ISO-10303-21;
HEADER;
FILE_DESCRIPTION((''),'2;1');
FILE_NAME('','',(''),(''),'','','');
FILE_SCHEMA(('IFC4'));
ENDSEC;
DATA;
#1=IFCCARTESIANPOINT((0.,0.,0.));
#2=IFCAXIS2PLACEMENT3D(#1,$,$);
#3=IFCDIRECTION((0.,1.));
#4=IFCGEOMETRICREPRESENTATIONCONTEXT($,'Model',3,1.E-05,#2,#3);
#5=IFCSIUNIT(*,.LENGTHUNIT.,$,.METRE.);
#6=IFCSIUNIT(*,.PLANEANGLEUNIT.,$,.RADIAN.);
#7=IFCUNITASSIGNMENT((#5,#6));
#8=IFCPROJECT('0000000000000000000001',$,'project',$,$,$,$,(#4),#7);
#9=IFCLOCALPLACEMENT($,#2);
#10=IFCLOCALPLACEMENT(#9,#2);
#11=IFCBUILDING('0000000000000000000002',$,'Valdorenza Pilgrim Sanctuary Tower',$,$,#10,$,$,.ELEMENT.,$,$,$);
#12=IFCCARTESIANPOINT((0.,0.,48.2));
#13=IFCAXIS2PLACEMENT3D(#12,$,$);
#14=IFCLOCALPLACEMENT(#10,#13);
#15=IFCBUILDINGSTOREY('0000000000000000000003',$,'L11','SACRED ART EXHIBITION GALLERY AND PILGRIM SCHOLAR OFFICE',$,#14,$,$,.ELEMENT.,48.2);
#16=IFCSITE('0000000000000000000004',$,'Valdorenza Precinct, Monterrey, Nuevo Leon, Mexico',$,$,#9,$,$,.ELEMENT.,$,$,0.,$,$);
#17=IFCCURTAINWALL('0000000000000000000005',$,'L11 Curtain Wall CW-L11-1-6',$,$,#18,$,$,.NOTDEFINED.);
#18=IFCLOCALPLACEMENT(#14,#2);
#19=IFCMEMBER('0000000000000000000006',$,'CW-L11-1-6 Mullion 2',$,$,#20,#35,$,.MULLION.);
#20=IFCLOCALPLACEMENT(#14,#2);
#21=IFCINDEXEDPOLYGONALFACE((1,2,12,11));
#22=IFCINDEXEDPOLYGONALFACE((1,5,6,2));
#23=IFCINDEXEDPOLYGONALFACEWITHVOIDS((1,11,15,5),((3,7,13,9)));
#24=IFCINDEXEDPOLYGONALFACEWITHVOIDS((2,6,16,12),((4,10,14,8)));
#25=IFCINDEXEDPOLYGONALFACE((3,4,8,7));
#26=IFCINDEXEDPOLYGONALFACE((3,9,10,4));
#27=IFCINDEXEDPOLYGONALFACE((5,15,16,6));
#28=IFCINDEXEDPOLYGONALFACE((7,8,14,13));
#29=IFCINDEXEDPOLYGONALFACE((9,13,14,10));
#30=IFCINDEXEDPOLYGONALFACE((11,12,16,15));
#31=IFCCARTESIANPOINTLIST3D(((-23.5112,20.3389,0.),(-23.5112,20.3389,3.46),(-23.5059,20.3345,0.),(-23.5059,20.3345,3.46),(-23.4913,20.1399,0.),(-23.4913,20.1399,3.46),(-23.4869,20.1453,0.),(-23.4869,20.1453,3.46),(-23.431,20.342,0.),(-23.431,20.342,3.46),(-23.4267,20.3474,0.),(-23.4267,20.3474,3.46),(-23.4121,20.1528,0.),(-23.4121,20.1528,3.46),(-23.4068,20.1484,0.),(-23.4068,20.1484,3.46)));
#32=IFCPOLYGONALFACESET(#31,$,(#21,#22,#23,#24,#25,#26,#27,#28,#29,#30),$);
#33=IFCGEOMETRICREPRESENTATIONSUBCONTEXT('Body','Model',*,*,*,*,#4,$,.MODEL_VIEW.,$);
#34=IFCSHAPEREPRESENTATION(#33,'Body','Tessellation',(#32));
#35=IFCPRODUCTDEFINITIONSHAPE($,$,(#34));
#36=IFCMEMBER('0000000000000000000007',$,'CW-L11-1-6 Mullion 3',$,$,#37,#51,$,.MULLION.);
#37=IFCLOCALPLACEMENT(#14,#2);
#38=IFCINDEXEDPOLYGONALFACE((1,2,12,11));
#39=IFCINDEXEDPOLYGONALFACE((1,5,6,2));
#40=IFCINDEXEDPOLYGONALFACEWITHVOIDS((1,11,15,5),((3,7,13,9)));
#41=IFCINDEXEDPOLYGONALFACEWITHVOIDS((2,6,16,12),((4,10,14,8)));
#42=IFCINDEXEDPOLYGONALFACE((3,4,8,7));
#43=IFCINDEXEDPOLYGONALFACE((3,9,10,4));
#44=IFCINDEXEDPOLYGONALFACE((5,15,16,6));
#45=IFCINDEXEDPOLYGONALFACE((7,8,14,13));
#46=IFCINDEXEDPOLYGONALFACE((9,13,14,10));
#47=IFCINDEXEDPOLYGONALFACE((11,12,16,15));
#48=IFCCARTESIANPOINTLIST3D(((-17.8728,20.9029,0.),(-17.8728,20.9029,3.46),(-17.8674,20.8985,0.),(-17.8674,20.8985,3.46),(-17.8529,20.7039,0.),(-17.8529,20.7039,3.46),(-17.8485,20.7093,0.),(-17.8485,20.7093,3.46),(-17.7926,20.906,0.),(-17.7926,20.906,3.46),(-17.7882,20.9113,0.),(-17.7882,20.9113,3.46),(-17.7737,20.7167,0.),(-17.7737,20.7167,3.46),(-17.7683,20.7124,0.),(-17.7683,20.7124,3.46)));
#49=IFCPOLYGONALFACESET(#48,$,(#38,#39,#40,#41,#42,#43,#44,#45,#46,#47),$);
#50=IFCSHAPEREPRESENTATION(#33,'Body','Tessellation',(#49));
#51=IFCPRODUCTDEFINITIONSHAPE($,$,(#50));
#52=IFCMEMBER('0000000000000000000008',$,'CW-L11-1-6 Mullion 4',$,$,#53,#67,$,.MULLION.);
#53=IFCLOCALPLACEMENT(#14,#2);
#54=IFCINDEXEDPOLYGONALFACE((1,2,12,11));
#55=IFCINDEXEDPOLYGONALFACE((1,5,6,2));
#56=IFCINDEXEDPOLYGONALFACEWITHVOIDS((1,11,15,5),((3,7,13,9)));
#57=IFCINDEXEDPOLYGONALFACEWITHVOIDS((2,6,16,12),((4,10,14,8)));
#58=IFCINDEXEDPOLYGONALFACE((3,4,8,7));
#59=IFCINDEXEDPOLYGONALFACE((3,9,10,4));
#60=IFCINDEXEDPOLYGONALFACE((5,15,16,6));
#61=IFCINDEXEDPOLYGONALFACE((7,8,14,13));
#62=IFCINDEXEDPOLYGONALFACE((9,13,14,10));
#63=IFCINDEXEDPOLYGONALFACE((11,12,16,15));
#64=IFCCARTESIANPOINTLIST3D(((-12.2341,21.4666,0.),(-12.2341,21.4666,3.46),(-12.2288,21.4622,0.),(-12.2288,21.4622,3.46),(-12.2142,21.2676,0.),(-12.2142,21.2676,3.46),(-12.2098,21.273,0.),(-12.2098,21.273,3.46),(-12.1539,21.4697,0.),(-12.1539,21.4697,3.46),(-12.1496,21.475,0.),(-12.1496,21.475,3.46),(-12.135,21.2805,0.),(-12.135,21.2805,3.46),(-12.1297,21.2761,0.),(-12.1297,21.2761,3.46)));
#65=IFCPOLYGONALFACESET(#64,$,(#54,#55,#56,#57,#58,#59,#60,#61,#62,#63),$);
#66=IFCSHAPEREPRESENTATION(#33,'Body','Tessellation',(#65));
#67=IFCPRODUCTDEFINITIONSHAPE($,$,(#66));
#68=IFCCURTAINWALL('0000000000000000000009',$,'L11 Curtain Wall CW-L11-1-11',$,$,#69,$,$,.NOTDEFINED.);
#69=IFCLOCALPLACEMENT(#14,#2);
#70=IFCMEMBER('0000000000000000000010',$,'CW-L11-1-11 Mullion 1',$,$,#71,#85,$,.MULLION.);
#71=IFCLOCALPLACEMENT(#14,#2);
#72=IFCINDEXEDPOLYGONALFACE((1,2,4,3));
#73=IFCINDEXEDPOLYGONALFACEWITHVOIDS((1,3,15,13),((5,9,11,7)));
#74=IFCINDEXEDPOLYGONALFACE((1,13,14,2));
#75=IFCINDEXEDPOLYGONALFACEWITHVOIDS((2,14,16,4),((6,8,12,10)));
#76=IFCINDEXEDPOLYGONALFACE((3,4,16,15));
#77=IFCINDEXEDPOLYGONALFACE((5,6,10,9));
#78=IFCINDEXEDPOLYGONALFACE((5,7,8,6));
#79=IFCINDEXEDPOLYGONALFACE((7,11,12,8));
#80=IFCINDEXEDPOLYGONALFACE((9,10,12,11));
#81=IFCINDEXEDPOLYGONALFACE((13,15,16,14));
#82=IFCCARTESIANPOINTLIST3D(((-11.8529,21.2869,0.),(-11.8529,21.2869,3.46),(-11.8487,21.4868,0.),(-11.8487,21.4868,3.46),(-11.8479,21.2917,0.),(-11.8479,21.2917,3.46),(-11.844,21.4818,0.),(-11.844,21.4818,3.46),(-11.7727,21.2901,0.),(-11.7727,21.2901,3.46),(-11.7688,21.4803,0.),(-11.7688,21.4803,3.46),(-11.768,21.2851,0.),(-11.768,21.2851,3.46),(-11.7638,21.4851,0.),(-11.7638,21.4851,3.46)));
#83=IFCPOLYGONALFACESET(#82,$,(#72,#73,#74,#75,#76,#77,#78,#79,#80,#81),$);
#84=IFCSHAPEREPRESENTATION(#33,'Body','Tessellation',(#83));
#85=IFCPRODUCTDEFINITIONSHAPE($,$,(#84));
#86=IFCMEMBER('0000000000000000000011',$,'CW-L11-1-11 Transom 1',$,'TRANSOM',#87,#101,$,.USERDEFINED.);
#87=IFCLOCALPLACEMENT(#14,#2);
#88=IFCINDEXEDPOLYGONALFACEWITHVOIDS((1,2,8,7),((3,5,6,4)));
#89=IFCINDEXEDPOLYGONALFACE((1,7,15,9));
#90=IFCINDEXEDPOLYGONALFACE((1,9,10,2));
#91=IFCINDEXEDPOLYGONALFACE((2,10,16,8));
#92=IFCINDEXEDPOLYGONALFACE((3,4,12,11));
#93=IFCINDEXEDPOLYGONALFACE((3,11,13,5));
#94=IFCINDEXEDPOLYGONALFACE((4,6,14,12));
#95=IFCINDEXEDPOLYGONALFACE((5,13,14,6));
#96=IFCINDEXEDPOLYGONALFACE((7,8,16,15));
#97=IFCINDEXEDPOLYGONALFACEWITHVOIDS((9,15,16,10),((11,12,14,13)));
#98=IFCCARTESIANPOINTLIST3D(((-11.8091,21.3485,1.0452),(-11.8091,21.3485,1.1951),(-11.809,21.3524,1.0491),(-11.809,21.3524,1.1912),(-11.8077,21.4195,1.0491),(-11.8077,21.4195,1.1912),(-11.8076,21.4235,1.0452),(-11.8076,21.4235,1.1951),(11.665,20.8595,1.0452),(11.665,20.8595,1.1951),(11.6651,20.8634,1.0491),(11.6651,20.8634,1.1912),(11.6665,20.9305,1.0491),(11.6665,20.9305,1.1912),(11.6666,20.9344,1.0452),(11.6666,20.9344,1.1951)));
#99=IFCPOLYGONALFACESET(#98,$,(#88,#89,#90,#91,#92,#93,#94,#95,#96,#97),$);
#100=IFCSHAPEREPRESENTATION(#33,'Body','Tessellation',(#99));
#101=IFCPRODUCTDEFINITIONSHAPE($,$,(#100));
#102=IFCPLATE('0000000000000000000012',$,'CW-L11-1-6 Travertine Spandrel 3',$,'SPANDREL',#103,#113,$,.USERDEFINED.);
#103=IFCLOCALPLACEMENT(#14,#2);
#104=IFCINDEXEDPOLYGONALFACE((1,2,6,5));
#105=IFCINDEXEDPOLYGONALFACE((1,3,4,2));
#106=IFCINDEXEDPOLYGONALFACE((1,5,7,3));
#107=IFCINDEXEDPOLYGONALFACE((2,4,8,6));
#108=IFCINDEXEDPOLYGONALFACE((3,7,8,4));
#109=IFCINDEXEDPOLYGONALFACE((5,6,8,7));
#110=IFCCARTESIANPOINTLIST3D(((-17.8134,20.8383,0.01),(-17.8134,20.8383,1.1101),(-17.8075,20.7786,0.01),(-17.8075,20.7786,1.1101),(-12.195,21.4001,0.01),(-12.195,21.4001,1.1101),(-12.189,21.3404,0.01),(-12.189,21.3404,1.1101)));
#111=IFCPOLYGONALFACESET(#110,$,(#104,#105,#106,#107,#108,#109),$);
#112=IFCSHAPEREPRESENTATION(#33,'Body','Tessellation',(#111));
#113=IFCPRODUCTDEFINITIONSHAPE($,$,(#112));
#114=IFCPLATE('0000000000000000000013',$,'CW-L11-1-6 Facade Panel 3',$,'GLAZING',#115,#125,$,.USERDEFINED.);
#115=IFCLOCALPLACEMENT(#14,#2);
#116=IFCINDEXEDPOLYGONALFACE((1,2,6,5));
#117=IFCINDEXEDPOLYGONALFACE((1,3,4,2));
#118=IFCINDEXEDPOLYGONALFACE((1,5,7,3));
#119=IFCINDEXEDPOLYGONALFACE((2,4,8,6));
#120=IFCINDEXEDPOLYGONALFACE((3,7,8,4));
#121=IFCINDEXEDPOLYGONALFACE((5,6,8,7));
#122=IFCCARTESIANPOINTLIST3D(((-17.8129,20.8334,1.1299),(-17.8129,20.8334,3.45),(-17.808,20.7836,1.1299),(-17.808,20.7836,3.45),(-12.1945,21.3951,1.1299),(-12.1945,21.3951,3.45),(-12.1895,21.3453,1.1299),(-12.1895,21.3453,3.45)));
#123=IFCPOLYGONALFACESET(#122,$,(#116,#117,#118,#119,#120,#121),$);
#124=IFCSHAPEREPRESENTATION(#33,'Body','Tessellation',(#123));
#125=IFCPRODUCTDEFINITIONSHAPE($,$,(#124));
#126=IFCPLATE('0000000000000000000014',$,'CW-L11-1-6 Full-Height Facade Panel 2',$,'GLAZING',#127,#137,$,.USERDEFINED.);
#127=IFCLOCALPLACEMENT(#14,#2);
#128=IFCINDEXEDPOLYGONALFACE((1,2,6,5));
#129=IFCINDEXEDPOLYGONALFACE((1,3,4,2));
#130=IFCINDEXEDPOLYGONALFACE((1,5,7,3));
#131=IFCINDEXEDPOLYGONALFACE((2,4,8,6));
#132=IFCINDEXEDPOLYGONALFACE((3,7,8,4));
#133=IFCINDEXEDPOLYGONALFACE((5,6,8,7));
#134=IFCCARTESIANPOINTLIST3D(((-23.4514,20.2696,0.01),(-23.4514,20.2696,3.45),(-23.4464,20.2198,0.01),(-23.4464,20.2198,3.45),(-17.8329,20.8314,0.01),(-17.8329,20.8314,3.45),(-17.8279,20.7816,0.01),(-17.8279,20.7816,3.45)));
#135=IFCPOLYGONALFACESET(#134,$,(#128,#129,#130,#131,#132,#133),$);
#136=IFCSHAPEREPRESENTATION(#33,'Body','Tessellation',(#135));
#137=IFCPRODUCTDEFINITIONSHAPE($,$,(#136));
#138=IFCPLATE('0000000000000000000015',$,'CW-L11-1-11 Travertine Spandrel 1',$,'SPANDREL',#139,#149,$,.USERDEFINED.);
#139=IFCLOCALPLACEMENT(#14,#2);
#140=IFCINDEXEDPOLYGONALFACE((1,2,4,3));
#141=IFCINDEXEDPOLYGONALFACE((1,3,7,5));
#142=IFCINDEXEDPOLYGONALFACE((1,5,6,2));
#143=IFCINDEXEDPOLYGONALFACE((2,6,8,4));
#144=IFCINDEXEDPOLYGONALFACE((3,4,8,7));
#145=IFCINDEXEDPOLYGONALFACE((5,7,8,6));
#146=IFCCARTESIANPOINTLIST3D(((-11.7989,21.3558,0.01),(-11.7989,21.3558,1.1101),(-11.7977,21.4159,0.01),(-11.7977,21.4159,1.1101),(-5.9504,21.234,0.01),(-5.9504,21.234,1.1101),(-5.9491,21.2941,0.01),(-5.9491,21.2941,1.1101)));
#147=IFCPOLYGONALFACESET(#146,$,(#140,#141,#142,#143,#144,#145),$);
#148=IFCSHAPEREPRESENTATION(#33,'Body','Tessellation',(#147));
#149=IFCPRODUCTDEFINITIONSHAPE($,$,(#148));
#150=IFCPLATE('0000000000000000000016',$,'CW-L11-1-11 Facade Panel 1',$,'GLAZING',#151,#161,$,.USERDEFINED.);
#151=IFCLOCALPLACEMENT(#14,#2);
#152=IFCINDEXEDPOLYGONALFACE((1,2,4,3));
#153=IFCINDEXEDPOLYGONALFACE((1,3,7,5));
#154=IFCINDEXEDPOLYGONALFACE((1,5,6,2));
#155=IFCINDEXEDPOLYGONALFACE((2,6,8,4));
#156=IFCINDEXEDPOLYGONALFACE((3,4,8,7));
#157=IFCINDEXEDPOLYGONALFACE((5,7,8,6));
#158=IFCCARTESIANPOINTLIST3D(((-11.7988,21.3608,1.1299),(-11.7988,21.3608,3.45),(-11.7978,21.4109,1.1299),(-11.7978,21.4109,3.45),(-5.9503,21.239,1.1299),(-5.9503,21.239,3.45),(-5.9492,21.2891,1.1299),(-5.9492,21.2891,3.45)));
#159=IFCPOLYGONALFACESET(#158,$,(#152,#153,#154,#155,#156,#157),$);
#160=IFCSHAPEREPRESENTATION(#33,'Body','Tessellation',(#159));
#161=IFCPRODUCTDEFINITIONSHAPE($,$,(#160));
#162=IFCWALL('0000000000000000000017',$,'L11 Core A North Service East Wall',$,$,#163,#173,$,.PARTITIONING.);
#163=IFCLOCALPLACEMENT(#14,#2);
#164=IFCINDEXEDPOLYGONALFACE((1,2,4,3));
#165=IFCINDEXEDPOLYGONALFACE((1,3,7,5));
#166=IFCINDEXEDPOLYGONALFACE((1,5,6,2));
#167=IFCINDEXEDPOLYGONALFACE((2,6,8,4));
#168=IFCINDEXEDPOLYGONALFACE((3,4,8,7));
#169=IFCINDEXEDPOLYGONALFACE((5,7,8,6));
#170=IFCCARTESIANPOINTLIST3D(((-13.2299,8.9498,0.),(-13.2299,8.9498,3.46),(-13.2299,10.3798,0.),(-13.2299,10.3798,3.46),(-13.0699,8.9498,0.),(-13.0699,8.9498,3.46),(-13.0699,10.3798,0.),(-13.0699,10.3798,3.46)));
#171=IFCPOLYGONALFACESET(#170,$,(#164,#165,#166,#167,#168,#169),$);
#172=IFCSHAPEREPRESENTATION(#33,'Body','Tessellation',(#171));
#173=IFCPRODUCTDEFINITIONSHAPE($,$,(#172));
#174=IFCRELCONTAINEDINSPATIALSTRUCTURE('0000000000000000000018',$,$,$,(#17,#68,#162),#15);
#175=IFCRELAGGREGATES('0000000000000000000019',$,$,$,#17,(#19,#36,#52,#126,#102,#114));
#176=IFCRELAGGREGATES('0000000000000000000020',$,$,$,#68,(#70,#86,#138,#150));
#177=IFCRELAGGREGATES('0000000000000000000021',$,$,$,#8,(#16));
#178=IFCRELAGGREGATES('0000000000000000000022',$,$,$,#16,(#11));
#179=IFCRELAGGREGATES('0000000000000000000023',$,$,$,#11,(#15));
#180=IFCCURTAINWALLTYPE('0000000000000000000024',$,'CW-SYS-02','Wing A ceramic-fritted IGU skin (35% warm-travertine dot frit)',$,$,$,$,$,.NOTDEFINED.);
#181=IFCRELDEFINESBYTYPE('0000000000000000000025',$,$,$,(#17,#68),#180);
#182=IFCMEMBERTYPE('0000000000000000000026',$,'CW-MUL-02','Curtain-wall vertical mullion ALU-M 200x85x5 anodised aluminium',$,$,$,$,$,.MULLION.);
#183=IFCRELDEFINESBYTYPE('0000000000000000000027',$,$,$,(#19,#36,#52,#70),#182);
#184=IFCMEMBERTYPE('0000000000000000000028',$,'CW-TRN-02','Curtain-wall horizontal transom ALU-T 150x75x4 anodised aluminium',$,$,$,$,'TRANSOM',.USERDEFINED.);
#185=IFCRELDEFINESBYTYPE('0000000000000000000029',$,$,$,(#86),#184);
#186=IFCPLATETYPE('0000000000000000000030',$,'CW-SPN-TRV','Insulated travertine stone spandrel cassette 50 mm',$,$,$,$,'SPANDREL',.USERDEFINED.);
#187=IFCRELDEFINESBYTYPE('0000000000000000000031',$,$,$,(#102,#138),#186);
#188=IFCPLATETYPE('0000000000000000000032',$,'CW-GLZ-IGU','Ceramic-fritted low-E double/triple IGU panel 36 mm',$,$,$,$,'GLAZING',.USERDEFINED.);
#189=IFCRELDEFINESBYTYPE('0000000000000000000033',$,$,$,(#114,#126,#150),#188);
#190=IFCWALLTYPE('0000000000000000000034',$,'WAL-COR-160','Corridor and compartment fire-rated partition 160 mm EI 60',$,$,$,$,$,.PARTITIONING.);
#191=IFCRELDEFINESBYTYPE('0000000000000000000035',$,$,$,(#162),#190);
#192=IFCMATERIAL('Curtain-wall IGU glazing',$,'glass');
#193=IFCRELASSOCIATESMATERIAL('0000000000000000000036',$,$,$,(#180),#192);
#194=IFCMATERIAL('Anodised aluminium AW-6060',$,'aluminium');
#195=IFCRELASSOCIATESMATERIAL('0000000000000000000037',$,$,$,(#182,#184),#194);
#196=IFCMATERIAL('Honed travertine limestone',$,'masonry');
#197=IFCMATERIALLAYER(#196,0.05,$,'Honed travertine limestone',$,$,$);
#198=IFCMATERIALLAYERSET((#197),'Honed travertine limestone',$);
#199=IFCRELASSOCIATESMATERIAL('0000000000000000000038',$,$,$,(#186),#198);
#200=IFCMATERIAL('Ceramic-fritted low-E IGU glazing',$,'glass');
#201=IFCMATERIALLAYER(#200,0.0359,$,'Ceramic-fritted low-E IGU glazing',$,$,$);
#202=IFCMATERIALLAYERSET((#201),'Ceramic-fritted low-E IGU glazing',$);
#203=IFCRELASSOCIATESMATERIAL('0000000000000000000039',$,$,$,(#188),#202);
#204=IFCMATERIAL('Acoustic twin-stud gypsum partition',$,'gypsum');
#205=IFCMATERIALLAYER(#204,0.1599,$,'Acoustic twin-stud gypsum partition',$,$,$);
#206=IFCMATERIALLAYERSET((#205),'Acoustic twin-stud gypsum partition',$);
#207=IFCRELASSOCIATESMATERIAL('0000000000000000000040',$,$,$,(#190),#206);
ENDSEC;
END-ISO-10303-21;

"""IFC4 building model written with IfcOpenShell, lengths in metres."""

from ifc_helpers import new_model, si_unit, direction, frame, frame_2d, origin, origin_2d, place, context, subcontext, project, spatial, rectangle, hollow_rectangle, extrude, source, transform, mapped, material, layer, layer_set, material_profile, profile_set, type_object, element, aggregate, save


model = new_model("IFC4")

# Units and contexts
model_context = context("Model", 3, precision=1e-05, world=origin(), true_north=direction((0.0, 1.0)))
body_context = subcontext(model_context, "Body", "Model", "MODEL_VIEW")
ifc_project = project(units=[si_unit("LENGTHUNIT", "METRE"), si_unit("PLANEANGLEUNIT", "RADIAN")], contexts=[model_context])

# Site, building, storey
site_placement = place(None, origin())
site = spatial("IfcSite", under=ifc_project, at=site_placement, Name="Valdorenza Precinct, Monterrey, Nuevo Leon, Mexico", CompositionType="ELEMENT", RefElevation=0.0)
building_placement = place(site_placement, origin())
building = spatial("IfcBuilding", under=site, at=building_placement, Name="Valdorenza Pilgrim Sanctuary Tower", CompositionType="ELEMENT")
storey_placement = place(building_placement, frame((0.0, 0.0, 48.2)))
storey = spatial("IfcBuildingStorey", under=building, at=storey_placement, Name="L11", Description="SACRED ART EXHIBITION GALLERY AND PILGRIM SCHOLAR OFFICE", CompositionType="ELEMENT", Elevation=48.2)

# Curtain walls, members
ifc_material_1 = material(Name="Curtain-wall IGU glazing", Category="glass")
curtain_wall_type = type_object("IfcCurtainWallType", Name="CW-SYS-02", Description="Wing A ceramic-fritted IGU skin (35% warm-travertine dot frit)", PredefinedType="NOTDEFINED", material=ifc_material_1)
curtain_wall_1_placement = place(storey_placement, origin())
curtain_wall_1 = element("IfcCurtainWall", 1, at=curtain_wall_1_placement, inside=storey, type_object=curtain_wall_type, Name="L11 Curtain Wall CW-L11-1-6", PredefinedType="NOTDEFINED")
ifc_material_2 = material(Name="Anodised aluminium AW-6060", Category="aluminium")
ifc_material_profile_1 = material_profile(ifc_material_2, hollow_rectangle(XDim=0.085, YDim=0.2, WallThickness=0.0049, at=origin_2d()), Name="ALU-M 200x85x5")
ifc_profile_set_1 = profile_set([ifc_material_profile_1], Name="Anodised aluminium AW-6060")
member_type_1 = type_object("IfcMemberType", Name="CW-MUL-02", Description="Curtain-wall vertical mullion ALU-M 200x85x5 anodised aluminium", PredefinedType="MULLION", material=ifc_profile_set_1)
shared_shape_1 = source(origin(), body_context, "Body", "SweptSolid", [
    extrude(hollow_rectangle(XDim=0.085, YDim=0.2, WallThickness=0.0049, at=origin_2d()), origin(), (0.0, 0.0, 1.0), 3.46),
])
member_1_placement = place(storey_placement, frame((-23.459, 20.2437, 0.0), z_axis=(0.0, 0.0, 1.0), x_axis=(0.995038, 0.099493, 0.0)))
member_1 = element("IfcMember", 2, at=member_1_placement, type_object=member_type_1, Name="CW-L11-1-6 Mullion 2", PredefinedType="MULLION", context=body_context, shape_type="MappedRepresentation", body=[
    mapped(shared_shape_1, transform((0.0, 0.0, 0.0), x_axis=(1.0, 0.0, 0.0), y_axis=(0.0, 1.0, 0.0), z_axis=(0.0, 0.0, 1.0), scale=1.0)),
])
member_2_placement = place(storey_placement, frame((-17.8206, 20.8076, 0.0), z_axis=(0.0, 0.0, 1.0), x_axis=(0.995038, 0.099493, 0.0)))
member_2 = element("IfcMember", 3, at=member_2_placement, type_object=member_type_1, Name="CW-L11-1-6 Mullion 3", PredefinedType="MULLION", context=body_context, shape_type="MappedRepresentation", body=[
    mapped(shared_shape_1, transform((0.0, 0.0, 0.0), x_axis=(1.0, 0.0, 0.0), y_axis=(0.0, 1.0, 0.0), z_axis=(0.0, 0.0, 1.0), scale=1.0)),
])
member_3_placement = place(storey_placement, frame((-12.1819, 21.3713, 0.0), z_axis=(0.0, 0.0, 1.0), x_axis=(0.995038, 0.099493, 0.0)))
member_3 = element("IfcMember", 4, at=member_3_placement, type_object=member_type_1, Name="CW-L11-1-6 Mullion 4", PredefinedType="MULLION", context=body_context, shape_type="MappedRepresentation", body=[
    mapped(shared_shape_1, transform((0.0, 0.0, 0.0), x_axis=(1.0, 0.0, 0.0), y_axis=(0.0, 1.0, 0.0), z_axis=(0.0, 0.0, 1.0), scale=1.0)),
])
curtain_wall_2_placement = place(storey_placement, origin())
curtain_wall_2 = element("IfcCurtainWall", 5, at=curtain_wall_2_placement, inside=storey, type_object=curtain_wall_type, Name="L11 Curtain Wall CW-L11-1-11", PredefinedType="NOTDEFINED")
member_4_placement = place(storey_placement, frame((-11.8083, 21.386, 0.0), z_axis=(0.0, 0.0, 1.0), x_axis=(0.999783, -0.02082, 0.0)))
member_4 = element("IfcMember", 6, at=member_4_placement, type_object=member_type_1, Name="CW-L11-1-11 Mullion 1", PredefinedType="MULLION", context=body_context, shape_type="MappedRepresentation", body=[
    mapped(shared_shape_1, transform((0.0, 0.0, 0.0), x_axis=(1.0, 0.0, 0.0), y_axis=(0.0, 1.0, 0.0), z_axis=(0.0, 0.0, 1.0), scale=1.0)),
])
ifc_material_profile_2 = material_profile(ifc_material_2, hollow_rectangle(XDim=0.075, YDim=0.1499, WallThickness=0.0039, at=origin_2d()), Name="ALU-T 150x75x4")
ifc_profile_set_2 = profile_set([ifc_material_profile_2], Name="Anodised aluminium AW-6060")
member_type_2 = type_object("IfcMemberType", Name="CW-TRN-02", Description="Curtain-wall horizontal transom ALU-T 150x75x4 anodised aluminium", ElementType="TRANSOM", PredefinedType="USERDEFINED", material=ifc_profile_set_2)
shared_shape_2 = source(origin(), body_context, "Body", "SweptSolid", [
    extrude(hollow_rectangle(XDim=0.075, YDim=0.1499, WallThickness=0.0039, at=origin_2d()), origin(), (0.0, 0.0, 1.0), 23.4792),
])
member_5_placement = place(storey_placement, frame((-11.8083, 21.386, 1.1201), z_axis=(0.999783, -0.020828, 0.0), x_axis=(0.020828, 0.999783, 0.0)))
member_5 = element("IfcMember", 7, at=member_5_placement, type_object=member_type_2, Name="CW-L11-1-11 Transom 1", ObjectType="TRANSOM", PredefinedType="USERDEFINED", context=body_context, shape_type="MappedRepresentation", body=[
    mapped(shared_shape_2, transform((0.0, 0.0, 0.0), x_axis=(1.0, 0.0, 0.0), y_axis=(0.0, 1.0, 0.0), z_axis=(0.0, 0.0, 1.0), scale=1.0)),
])

# Plates
ifc_material_3 = material(Name="Honed travertine limestone", Category="masonry")
ifc_layer_1 = layer(ifc_material_3, 0.05, Name="Honed travertine limestone")
ifc_layer_set_1 = layer_set([ifc_layer_1], Name="Honed travertine limestone")
plate_type_1 = type_object("IfcPlateType", Name="CW-SPN-TRV", Description="Insulated travertine stone spandrel cassette 50 mm", ElementType="SPANDREL", PredefinedType="USERDEFINED", material=ifc_layer_set_1)
shared_shape_3 = source(origin(), body_context, "Body", "SweptSolid", [
    extrude(rectangle(XDim=5.6465, YDim=0.0601, at=origin_2d()), origin(), (0.0, 0.0, 1.0), 1.1001),
])
plate_1_placement = place(storey_placement, frame((-15.0012, 21.0894, 0.01), z_axis=(0.0, 0.0, 1.0), x_axis=(0.995038, 0.099493, 0.0)))
plate_1 = element("IfcPlate", 8, at=plate_1_placement, type_object=plate_type_1, Name="CW-L11-1-6 Travertine Spandrel 3", ObjectType="SPANDREL", PredefinedType="USERDEFINED", context=body_context, shape_type="MappedRepresentation", body=[
    mapped(shared_shape_3, transform((0.0, 0.0, 0.0), x_axis=(1.0, 0.0, 0.0), y_axis=(0.0, 1.0, 0.0), z_axis=(0.0, 0.0, 1.0), scale=1.0)),
])
ifc_material_4 = material(Name="Ceramic-fritted low-E IGU glazing", Category="glass")
ifc_layer_2 = layer(ifc_material_4, 0.0359, Name="Ceramic-fritted low-E IGU glazing")
ifc_layer_set_2 = layer_set([ifc_layer_2], Name="Ceramic-fritted low-E IGU glazing")
plate_type_2 = type_object("IfcPlateType", Name="CW-GLZ-IGU", Description="Ceramic-fritted low-E double/triple IGU panel 36 mm", ElementType="GLAZING", PredefinedType="USERDEFINED", material=ifc_layer_set_2)
shared_shape_4 = source(origin(), body_context, "Body", "SweptSolid", [
    extrude(rectangle(XDim=5.6465, YDim=0.05, at=origin_2d()), origin(), (0.0, 0.0, 1.0), 2.3201),
])
plate_2_placement = place(storey_placement, frame((-15.0012, 21.0894, 1.1299), z_axis=(0.0, 0.0, 1.0), x_axis=(0.995038, 0.099493, 0.0)))
plate_2 = element("IfcPlate", 9, at=plate_2_placement, type_object=plate_type_2, Name="CW-L11-1-6 Facade Panel 3", ObjectType="GLAZING", PredefinedType="USERDEFINED", context=body_context, shape_type="MappedRepresentation", body=[
    mapped(shared_shape_4, transform((0.0, 0.0, 0.0), x_axis=(1.0, 0.0, 0.0), y_axis=(0.0, 1.0, 0.0), z_axis=(0.0, 0.0, 1.0), scale=1.0)),
])
shared_shape_5 = source(origin(), body_context, "Body", "SweptSolid", [
    extrude(rectangle(XDim=5.6465, YDim=0.05, at=origin_2d()), origin(), (0.0, 0.0, 1.0), 3.4399),
])
plate_3_placement = place(storey_placement, frame((-20.6396, 20.5256, 0.01), z_axis=(0.0, 0.0, 1.0), x_axis=(0.995038, 0.099493, 0.0)))
plate_3 = element("IfcPlate", 10, at=plate_3_placement, type_object=plate_type_2, Name="CW-L11-1-6 Full-Height Facade Panel 2", ObjectType="GLAZING", PredefinedType="USERDEFINED", context=body_context, shape_type="MappedRepresentation", body=[
    mapped(shared_shape_5, transform((0.0, 0.0, 0.0), x_axis=(1.0, 0.0, 0.0), y_axis=(0.0, 1.0, 0.0), z_axis=(0.0, 0.0, 1.0), scale=1.0)),
])
aggregate(curtain_wall_1, [member_1, member_2, member_3, plate_3, plate_1, plate_2])
shared_shape_6 = source(origin(), body_context, "Body", "SweptSolid", [
    extrude(rectangle(XDim=5.8499, YDim=0.0601, at=origin_2d()), origin(), (0.0, 0.0, 1.0), 1.1001),
])
plate_4_placement = place(storey_placement, frame((-8.874, 21.325, 0.01), z_axis=(0.0, 0.0, 1.0), x_axis=(0.999783, -0.02082, 0.0)))
plate_4 = element("IfcPlate", 11, at=plate_4_placement, type_object=plate_type_1, Name="CW-L11-1-11 Travertine Spandrel 1", ObjectType="SPANDREL", PredefinedType="USERDEFINED", context=body_context, shape_type="MappedRepresentation", body=[
    mapped(shared_shape_6, transform((0.0, 0.0, 0.0), x_axis=(1.0, 0.0, 0.0), y_axis=(0.0, 1.0, 0.0), z_axis=(0.0, 0.0, 1.0), scale=1.0)),
])
shared_shape_7 = source(origin(), body_context, "Body", "SweptSolid", [
    extrude(rectangle(XDim=5.8499, YDim=0.05, at=origin_2d()), origin(), (0.0, 0.0, 1.0), 2.3201),
])
plate_5_placement = place(storey_placement, frame((-8.874, 21.325, 1.1299), z_axis=(0.0, 0.0, 1.0), x_axis=(0.999783, -0.02082, 0.0)))
plate_5 = element("IfcPlate", 12, at=plate_5_placement, type_object=plate_type_2, Name="CW-L11-1-11 Facade Panel 1", ObjectType="GLAZING", PredefinedType="USERDEFINED", context=body_context, shape_type="MappedRepresentation", body=[
    mapped(shared_shape_7, transform((0.0, 0.0, 0.0), x_axis=(1.0, 0.0, 0.0), y_axis=(0.0, 1.0, 0.0), z_axis=(0.0, 0.0, 1.0), scale=1.0)),
])
aggregate(curtain_wall_2, [member_4, member_5, plate_4, plate_5])

# Wall
ifc_material_5 = material(Name="Acoustic twin-stud gypsum partition", Category="gypsum")
ifc_layer_3 = layer(ifc_material_5, 0.1599, Name="Acoustic twin-stud gypsum partition")
ifc_layer_set_3 = layer_set([ifc_layer_3], Name="Acoustic twin-stud gypsum partition")
wall_type_1 = type_object("IfcWallType", Name="WAL-COR-160", Description="Corridor and compartment fire-rated partition 160 mm EI 60", PredefinedType="PARTITIONING", material=ifc_layer_set_3)
for number, where, z_axis, x_axis, name in (
    (13, (-13.1499, 8.95, 0.0), (0.0, 0.0, 1.0), (0.0, 1.0, 0.0), "L11 Core A North Service East Wall"),
):
    element("IfcWall", number, at=place(storey_placement, frame(where, z_axis=z_axis, x_axis=x_axis)), inside=storey, type_object=wall_type_1, Name=name, PredefinedType="PARTITIONING", context=body_context, shape_type="SweptSolid", body=[
        extrude(rectangle(XDim=1.4299, YDim=0.1599, at=frame_2d((0.7148, 0.0))), origin(), (0.0, 0.0, 1.0), 3.46),
    ])

save(model, "model.ifc")
